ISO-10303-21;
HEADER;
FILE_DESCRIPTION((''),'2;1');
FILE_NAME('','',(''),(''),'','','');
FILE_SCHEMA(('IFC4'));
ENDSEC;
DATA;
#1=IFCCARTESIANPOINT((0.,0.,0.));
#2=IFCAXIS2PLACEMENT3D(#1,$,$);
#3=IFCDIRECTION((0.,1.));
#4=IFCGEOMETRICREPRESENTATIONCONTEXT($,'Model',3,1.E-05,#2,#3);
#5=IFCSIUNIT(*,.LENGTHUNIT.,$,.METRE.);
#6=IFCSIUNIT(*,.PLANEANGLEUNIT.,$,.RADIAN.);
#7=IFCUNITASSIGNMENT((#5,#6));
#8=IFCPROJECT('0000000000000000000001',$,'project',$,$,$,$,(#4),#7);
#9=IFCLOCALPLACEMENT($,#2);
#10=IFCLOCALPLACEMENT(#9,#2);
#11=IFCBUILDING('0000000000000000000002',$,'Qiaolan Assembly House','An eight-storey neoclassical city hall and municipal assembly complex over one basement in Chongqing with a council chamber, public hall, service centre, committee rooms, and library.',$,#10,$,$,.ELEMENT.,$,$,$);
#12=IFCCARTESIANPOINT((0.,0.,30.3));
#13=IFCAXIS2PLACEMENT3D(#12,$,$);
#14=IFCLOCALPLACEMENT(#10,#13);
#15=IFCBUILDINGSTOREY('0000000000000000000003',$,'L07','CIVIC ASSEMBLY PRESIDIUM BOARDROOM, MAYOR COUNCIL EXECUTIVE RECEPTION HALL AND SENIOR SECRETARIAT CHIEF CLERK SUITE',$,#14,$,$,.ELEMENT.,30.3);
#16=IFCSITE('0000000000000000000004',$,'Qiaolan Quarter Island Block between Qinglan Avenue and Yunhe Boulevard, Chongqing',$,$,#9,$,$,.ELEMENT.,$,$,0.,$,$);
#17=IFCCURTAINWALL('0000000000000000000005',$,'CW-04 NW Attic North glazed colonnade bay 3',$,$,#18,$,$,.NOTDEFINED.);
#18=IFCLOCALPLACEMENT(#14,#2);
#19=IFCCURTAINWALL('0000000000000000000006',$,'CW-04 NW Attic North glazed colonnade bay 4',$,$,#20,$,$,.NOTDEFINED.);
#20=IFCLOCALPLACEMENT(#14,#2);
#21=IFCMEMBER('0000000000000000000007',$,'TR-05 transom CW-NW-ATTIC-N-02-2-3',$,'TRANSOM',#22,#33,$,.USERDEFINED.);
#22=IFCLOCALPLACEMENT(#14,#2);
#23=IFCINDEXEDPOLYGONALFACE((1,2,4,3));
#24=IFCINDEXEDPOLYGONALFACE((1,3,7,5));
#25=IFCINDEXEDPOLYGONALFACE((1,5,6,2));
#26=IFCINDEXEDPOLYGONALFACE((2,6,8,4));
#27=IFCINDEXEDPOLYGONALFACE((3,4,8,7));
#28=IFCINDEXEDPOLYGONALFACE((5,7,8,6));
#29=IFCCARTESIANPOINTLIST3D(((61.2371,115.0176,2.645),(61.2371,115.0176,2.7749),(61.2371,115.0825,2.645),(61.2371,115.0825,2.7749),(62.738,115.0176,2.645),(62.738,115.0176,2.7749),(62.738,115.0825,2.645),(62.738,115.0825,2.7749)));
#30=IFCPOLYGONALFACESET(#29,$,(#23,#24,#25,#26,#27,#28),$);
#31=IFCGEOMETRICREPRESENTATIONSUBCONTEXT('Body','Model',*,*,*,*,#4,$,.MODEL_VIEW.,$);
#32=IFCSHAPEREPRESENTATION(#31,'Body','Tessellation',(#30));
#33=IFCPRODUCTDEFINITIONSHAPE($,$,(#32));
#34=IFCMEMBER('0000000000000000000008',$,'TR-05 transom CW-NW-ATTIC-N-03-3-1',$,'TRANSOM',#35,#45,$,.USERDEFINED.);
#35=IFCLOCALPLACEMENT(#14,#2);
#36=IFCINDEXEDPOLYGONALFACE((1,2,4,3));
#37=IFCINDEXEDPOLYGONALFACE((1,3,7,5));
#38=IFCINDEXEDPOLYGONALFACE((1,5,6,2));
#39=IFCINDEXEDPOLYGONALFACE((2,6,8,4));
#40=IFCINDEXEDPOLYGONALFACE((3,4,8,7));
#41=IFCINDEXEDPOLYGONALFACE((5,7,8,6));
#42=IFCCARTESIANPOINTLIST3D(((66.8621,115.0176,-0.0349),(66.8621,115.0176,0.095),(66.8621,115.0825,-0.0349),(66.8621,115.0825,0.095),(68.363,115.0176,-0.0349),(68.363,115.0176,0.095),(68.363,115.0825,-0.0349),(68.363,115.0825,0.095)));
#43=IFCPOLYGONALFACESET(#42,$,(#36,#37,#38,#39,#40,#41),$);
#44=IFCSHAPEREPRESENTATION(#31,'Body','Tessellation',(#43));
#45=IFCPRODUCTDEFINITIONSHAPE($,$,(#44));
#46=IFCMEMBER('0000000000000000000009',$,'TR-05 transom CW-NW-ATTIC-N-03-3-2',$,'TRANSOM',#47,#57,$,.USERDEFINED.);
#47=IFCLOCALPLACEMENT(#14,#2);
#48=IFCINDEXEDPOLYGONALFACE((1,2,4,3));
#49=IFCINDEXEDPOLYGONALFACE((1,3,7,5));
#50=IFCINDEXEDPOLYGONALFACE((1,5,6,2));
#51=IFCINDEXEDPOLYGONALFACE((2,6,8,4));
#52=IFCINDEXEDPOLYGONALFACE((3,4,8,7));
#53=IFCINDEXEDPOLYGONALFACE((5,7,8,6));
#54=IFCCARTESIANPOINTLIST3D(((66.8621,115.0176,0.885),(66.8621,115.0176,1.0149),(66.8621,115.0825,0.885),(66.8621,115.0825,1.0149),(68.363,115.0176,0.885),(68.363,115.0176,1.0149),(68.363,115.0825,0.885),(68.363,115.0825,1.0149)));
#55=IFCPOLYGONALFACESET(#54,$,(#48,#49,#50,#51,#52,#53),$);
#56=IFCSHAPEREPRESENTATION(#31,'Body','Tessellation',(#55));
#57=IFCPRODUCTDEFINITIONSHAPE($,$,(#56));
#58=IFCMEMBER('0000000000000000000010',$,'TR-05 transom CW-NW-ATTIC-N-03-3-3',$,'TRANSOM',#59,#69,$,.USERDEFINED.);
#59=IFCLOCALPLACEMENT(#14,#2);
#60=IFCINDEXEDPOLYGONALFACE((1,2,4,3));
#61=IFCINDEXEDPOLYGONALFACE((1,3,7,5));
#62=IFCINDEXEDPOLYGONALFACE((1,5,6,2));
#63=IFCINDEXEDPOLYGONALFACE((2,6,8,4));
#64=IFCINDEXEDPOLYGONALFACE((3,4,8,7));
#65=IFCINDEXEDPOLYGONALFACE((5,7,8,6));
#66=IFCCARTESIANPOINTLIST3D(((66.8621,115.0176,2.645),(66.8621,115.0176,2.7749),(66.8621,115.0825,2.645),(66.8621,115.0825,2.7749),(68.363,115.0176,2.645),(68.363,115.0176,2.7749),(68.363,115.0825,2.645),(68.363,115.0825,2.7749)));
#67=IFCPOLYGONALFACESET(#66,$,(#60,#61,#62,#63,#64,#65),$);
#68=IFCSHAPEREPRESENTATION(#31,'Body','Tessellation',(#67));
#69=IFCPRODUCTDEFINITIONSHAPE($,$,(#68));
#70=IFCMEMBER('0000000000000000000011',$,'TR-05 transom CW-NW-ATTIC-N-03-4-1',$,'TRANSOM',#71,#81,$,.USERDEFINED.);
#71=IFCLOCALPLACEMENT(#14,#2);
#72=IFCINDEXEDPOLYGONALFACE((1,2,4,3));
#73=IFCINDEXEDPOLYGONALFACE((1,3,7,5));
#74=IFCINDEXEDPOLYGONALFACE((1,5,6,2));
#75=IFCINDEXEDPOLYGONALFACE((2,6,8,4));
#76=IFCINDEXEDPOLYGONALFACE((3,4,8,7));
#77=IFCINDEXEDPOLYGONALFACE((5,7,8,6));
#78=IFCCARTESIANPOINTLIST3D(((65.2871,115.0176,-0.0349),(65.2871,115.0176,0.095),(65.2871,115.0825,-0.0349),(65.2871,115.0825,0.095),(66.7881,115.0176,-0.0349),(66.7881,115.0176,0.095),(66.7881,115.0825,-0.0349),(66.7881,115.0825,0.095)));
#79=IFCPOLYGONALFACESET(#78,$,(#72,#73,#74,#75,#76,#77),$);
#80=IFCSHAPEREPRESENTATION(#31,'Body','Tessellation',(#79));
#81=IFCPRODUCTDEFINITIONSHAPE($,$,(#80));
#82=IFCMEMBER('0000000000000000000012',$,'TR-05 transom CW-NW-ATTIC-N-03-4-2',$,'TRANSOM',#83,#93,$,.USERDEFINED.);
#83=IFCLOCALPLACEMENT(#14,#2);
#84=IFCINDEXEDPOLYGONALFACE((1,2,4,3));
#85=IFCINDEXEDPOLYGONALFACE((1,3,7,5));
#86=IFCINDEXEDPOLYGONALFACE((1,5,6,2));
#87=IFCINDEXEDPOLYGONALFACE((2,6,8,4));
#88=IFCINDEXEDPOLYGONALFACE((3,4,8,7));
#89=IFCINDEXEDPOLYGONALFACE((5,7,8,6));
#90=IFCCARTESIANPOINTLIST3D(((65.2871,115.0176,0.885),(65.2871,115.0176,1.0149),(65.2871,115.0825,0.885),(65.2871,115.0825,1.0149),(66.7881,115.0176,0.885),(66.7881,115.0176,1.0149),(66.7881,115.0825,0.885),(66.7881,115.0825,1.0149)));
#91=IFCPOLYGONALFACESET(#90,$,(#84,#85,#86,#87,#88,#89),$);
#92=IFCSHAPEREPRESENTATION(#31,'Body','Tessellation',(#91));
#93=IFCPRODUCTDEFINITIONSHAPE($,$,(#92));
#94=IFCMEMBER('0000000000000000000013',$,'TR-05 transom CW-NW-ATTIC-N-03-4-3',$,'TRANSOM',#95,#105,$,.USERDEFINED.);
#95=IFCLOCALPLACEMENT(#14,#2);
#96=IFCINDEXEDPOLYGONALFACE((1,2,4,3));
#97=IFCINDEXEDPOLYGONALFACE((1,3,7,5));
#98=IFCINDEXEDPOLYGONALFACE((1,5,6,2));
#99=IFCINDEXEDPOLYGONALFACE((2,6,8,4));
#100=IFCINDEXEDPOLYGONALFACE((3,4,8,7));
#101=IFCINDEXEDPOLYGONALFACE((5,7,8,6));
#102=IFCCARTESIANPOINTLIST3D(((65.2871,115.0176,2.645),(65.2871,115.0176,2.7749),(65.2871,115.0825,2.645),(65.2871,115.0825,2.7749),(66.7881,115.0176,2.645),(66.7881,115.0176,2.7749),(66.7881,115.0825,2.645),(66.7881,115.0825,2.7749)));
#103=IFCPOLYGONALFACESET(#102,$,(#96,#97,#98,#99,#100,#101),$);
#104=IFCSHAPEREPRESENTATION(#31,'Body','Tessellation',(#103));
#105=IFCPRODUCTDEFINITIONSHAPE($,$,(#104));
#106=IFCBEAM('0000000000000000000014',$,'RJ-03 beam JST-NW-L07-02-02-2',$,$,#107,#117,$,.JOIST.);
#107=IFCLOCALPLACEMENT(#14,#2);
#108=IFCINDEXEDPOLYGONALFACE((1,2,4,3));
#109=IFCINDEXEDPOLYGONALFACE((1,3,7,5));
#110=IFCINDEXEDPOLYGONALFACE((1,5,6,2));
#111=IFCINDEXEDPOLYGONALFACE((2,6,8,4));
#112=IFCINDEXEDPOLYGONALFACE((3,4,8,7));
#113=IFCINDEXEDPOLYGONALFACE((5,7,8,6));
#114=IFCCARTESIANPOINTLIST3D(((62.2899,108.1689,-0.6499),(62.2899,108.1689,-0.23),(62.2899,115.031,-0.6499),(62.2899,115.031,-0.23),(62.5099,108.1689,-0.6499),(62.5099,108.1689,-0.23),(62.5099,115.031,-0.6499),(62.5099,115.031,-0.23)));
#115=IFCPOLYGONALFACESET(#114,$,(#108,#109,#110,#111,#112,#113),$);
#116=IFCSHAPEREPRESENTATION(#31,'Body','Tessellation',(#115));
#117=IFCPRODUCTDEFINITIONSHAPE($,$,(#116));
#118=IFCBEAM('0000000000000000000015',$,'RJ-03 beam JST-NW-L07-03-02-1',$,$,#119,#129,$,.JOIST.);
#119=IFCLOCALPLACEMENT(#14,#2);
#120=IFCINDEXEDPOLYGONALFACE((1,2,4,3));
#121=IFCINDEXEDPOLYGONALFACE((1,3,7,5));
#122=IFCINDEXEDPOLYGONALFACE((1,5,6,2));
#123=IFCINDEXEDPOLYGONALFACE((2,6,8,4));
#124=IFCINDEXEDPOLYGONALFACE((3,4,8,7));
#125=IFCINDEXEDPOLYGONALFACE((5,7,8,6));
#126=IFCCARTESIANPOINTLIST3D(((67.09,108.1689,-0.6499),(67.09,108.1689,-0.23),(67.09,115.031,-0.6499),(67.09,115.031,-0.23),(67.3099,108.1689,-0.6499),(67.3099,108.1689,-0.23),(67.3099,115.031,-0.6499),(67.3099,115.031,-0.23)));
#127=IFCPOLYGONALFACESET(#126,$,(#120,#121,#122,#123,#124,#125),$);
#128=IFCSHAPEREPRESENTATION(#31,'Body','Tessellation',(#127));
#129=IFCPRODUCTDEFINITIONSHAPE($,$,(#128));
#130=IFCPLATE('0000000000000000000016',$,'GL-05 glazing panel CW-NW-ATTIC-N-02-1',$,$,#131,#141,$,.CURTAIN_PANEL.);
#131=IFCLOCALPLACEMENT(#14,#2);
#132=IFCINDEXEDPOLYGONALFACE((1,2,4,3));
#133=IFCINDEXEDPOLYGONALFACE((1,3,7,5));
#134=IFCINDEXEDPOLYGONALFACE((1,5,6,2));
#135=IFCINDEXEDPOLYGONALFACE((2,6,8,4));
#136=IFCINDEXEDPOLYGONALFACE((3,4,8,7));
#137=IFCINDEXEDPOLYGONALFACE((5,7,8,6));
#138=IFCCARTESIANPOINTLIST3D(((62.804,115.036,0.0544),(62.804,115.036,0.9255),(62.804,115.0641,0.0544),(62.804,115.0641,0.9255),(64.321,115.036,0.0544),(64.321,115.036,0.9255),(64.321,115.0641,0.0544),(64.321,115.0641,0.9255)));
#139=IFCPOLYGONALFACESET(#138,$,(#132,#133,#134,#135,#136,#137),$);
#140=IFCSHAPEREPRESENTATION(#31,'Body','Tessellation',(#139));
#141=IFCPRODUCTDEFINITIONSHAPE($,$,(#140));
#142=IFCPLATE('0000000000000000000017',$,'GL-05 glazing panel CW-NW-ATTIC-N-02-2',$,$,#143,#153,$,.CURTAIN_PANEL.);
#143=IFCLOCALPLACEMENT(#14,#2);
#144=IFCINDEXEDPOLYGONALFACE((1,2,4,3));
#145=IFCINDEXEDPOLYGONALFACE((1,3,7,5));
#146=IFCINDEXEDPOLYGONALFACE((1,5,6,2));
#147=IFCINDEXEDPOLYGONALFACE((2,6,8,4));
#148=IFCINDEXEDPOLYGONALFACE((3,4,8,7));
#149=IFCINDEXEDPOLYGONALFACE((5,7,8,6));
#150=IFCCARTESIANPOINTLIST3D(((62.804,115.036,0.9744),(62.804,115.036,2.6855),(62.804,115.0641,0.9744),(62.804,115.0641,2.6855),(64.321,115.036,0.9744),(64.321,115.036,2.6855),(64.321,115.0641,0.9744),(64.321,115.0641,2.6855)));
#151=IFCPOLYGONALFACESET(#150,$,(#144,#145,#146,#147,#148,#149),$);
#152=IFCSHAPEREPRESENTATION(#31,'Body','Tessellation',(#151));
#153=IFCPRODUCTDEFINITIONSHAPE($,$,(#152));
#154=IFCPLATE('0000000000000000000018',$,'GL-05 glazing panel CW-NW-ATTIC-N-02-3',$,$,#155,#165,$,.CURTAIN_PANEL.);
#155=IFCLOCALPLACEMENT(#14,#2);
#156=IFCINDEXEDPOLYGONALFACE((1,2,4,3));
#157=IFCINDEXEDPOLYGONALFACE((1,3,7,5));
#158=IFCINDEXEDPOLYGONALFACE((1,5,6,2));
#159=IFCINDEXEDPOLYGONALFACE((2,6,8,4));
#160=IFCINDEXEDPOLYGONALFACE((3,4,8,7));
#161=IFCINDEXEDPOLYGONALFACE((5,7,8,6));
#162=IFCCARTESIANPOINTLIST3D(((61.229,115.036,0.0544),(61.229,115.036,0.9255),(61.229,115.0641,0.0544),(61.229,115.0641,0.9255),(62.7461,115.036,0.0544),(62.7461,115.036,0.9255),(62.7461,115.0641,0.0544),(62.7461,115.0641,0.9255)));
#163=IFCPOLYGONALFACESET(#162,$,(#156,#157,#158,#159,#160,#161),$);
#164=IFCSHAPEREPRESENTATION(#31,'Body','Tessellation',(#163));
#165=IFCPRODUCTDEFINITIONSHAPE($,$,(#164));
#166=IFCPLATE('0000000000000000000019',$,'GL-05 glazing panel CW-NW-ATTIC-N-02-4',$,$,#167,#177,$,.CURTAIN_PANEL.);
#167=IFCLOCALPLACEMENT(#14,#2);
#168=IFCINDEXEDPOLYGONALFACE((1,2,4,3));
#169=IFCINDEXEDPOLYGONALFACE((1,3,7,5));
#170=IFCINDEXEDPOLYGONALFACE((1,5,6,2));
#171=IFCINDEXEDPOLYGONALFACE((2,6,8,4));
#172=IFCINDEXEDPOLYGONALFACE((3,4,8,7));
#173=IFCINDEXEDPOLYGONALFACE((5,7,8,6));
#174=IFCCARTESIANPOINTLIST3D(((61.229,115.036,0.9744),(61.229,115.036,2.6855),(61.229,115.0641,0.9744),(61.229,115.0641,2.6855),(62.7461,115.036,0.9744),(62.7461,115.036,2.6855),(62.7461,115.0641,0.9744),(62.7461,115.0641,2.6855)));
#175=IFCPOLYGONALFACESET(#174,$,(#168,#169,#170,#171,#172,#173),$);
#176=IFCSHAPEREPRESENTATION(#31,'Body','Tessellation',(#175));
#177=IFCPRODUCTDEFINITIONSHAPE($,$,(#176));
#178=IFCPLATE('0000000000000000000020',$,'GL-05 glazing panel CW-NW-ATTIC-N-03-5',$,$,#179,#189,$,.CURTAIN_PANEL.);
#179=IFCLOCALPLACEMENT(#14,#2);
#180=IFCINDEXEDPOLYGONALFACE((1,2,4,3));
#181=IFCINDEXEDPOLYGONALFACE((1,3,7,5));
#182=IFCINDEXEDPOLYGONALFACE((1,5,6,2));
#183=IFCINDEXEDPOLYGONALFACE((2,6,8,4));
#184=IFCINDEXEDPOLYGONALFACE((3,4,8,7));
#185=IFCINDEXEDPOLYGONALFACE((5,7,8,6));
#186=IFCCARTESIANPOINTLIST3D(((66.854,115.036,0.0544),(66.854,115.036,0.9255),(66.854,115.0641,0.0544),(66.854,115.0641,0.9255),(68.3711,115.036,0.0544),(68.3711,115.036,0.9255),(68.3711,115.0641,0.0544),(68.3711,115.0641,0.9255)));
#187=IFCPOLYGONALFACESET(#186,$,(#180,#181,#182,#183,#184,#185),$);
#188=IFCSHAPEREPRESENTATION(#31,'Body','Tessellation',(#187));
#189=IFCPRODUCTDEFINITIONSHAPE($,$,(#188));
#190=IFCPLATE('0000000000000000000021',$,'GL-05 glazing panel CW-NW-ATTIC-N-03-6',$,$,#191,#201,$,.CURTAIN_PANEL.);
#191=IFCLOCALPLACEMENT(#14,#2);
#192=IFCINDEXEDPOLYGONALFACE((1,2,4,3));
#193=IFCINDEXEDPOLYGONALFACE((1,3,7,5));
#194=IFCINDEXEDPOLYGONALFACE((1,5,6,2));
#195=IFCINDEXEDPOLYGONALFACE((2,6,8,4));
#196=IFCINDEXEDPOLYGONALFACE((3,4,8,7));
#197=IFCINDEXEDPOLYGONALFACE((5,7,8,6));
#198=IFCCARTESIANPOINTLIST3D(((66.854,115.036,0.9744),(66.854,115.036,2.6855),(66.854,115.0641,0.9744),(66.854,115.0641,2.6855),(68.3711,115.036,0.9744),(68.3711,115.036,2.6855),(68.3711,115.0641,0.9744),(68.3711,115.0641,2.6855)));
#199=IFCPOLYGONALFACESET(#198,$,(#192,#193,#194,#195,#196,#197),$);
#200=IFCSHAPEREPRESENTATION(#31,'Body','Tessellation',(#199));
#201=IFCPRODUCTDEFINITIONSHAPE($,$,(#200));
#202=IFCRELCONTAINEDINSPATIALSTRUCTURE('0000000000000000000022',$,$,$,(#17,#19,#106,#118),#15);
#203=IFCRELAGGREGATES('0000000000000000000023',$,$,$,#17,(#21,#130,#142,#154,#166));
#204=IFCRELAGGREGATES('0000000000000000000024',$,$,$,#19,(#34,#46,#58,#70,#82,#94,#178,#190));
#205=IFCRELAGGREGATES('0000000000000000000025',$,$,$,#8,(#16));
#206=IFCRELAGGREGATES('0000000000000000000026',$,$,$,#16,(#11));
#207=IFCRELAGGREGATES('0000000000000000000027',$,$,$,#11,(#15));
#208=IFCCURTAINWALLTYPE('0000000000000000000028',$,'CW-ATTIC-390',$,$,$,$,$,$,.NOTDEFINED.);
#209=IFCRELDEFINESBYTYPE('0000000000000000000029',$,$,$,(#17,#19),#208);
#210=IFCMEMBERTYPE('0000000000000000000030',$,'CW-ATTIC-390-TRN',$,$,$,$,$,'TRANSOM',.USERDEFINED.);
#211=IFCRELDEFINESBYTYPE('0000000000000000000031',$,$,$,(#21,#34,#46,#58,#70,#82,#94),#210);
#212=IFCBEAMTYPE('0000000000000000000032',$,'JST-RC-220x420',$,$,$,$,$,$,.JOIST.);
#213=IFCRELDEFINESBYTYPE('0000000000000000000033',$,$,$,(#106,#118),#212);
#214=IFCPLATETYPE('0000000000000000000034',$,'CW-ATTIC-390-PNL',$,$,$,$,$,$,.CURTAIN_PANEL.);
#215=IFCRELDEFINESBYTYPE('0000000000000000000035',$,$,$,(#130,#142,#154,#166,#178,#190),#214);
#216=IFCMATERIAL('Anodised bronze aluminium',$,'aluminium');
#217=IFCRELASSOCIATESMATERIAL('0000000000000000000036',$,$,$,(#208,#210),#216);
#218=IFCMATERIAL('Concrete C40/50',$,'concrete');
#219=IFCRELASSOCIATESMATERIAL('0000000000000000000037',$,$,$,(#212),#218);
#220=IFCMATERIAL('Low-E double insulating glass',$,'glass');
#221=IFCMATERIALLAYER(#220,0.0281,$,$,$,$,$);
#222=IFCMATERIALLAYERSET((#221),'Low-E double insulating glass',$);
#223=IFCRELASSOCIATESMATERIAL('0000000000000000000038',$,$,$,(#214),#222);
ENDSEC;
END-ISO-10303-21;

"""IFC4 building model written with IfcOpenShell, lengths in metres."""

from ifc_helpers import new_model, si_unit, direction, frame, frame_2d, origin, origin_2d, place, context, subcontext, project, spatial, rectangle, extrude, material, layer, layer_set, material_profile, profile_set, type_object, element, aggregate, save


model = new_model("IFC4")

# Units and contexts
model_context = context("Model", 3, precision=1e-05, world=origin(), true_north=direction((0.0, 1.0)))
body_context = subcontext(model_context, "Body", "Model", "MODEL_VIEW")
ifc_project = project(units=[si_unit("LENGTHUNIT", "METRE"), si_unit("PLANEANGLEUNIT", "RADIAN")], contexts=[model_context])

# Site, building, storey
site_placement = place(None, origin())
site = spatial("IfcSite", under=ifc_project, at=site_placement, Name="Qiaolan Quarter Island Block between Qinglan Avenue and Yunhe Boulevard, Chongqing", CompositionType="ELEMENT", RefElevation=0.0)
building_placement = place(site_placement, origin())
building = spatial("IfcBuilding", under=site, at=building_placement, Name="Qiaolan Assembly House", Description="An eight-storey neoclassical city hall and municipal assembly complex over one basement in Chongqing with a council chamber, public hall, service centre, committee rooms, and library.", CompositionType="ELEMENT")
storey_placement = place(building_placement, frame((0.0, 0.0, 30.3)))
storey = spatial("IfcBuildingStorey", under=building, at=storey_placement, Name="L07", Description="CIVIC ASSEMBLY PRESIDIUM BOARDROOM, MAYOR COUNCIL EXECUTIVE RECEPTION HALL AND SENIOR SECRETARIAT CHIEF CLERK SUITE", CompositionType="ELEMENT", Elevation=30.3)

# Shared definitions
ifc_material_1 = material(Name="Concrete C40/50", Category="concrete")

# Curtain walls
ifc_material_2 = material(Name="Anodised bronze aluminium", Category="aluminium")
curtain_wall_type = type_object("IfcCurtainWallType", Name="CW-ATTIC-390", PredefinedType="NOTDEFINED", material=ifc_material_2)
curtain_wall_1_placement = place(storey_placement, origin())
curtain_wall_1 = element("IfcCurtainWall", 1, at=curtain_wall_1_placement, inside=storey, type_object=curtain_wall_type, Name="CW-04 NW Attic North glazed colonnade bay 3", PredefinedType="NOTDEFINED")
curtain_wall_2_placement = place(storey_placement, origin())
curtain_wall_2 = element("IfcCurtainWall", 2, at=curtain_wall_2_placement, inside=storey, type_object=curtain_wall_type, Name="CW-04 NW Attic North glazed colonnade bay 4", PredefinedType="NOTDEFINED")

# Members
ifc_material_profile_1 = material_profile(ifc_material_2, rectangle(XDim=0.0649, YDim=0.1299, at=origin_2d()), Name="TRN 65x130")
ifc_profile_set_1 = profile_set([ifc_material_profile_1], Name="Anodised bronze aluminium")
member_type_1 = type_object("IfcMemberType", Name="CW-ATTIC-390-TRN", ElementType="TRANSOM", PredefinedType="USERDEFINED", material=ifc_profile_set_1)
member_1_placement = place(storey_placement, frame((62.738, 115.05, 2.71), z_axis=(-1.0, 0.0, 0.0), x_axis=(0.0, -1.0, 0.0)))
member_1 = element("IfcMember", 3, at=member_1_placement, type_object=member_type_1, Name="TR-05 transom CW-NW-ATTIC-N-02-2-3", ObjectType="TRANSOM", PredefinedType="USERDEFINED", context=body_context, shape_type="SweptSolid", body=[
    extrude(rectangle(XDim=0.0649, YDim=0.1299, at=origin_2d()), origin(), (0.0, 0.0, 1.0), 1.501),
])
member_2_placement = place(storey_placement, frame((68.363, 115.05, 0.03), z_axis=(-1.0, 0.0, 0.0), x_axis=(0.0, -1.0, 0.0)))
member_2 = element("IfcMember", 4, at=member_2_placement, type_object=member_type_1, Name="TR-05 transom CW-NW-ATTIC-N-03-3-1", ObjectType="TRANSOM", PredefinedType="USERDEFINED", context=body_context, shape_type="SweptSolid", body=[
    extrude(rectangle(XDim=0.0649, YDim=0.1299, at=origin_2d()), origin(), (0.0, 0.0, 1.0), 1.501),
])
member_3_placement = place(storey_placement, frame((68.363, 115.05, 0.95), z_axis=(-1.0, 0.0, 0.0), x_axis=(0.0, -1.0, 0.0)))
member_3 = element("IfcMember", 5, at=member_3_placement, type_object=member_type_1, Name="TR-05 transom CW-NW-ATTIC-N-03-3-2", ObjectType="TRANSOM", PredefinedType="USERDEFINED", context=body_context, shape_type="SweptSolid", body=[
    extrude(rectangle(XDim=0.0649, YDim=0.1299, at=origin_2d()), origin(), (0.0, 0.0, 1.0), 1.501),
])
member_4_placement = place(storey_placement, frame((68.363, 115.05, 2.71), z_axis=(-1.0, 0.0, 0.0), x_axis=(0.0, -1.0, 0.0)))
member_4 = element("IfcMember", 6, at=member_4_placement, type_object=member_type_1, Name="TR-05 transom CW-NW-ATTIC-N-03-3-3", ObjectType="TRANSOM", PredefinedType="USERDEFINED", context=body_context, shape_type="SweptSolid", body=[
    extrude(rectangle(XDim=0.0649, YDim=0.1299, at=origin_2d()), origin(), (0.0, 0.0, 1.0), 1.501),
])
member_5_placement = place(storey_placement, frame((66.7881, 115.05, 0.03), z_axis=(-1.0, 0.0, 0.0), x_axis=(0.0, -1.0, 0.0)))
member_5 = element("IfcMember", 7, at=member_5_placement, type_object=member_type_1, Name="TR-05 transom CW-NW-ATTIC-N-03-4-1", ObjectType="TRANSOM", PredefinedType="USERDEFINED", context=body_context, shape_type="SweptSolid", body=[
    extrude(rectangle(XDim=0.0649, YDim=0.1299, at=origin_2d()), origin(), (0.0, 0.0, 1.0), 1.501),
])
member_6_placement = place(storey_placement, frame((66.7881, 115.05, 0.95), z_axis=(-1.0, 0.0, 0.0), x_axis=(0.0, -1.0, 0.0)))
member_6 = element("IfcMember", 8, at=member_6_placement, type_object=member_type_1, Name="TR-05 transom CW-NW-ATTIC-N-03-4-2", ObjectType="TRANSOM", PredefinedType="USERDEFINED", context=body_context, shape_type="SweptSolid", body=[
    extrude(rectangle(XDim=0.0649, YDim=0.1299, at=origin_2d()), origin(), (0.0, 0.0, 1.0), 1.501),
])
member_7_placement = place(storey_placement, frame((66.7881, 115.05, 2.71), z_axis=(-1.0, 0.0, 0.0), x_axis=(0.0, -1.0, 0.0)))
member_7 = element("IfcMember", 9, at=member_7_placement, type_object=member_type_1, Name="TR-05 transom CW-NW-ATTIC-N-03-4-3", ObjectType="TRANSOM", PredefinedType="USERDEFINED", context=body_context, shape_type="SweptSolid", body=[
    extrude(rectangle(XDim=0.0649, YDim=0.1299, at=origin_2d()), origin(), (0.0, 0.0, 1.0), 1.501),
])

# Beams
ifc_material_profile_2 = material_profile(ifc_material_1, rectangle(XDim=0.22, YDim=0.4199, at=origin_2d()), Name="RCB 220x420")
ifc_profile_set_2 = profile_set([ifc_material_profile_2], Name="Concrete C40/50")
beam_type_1 = type_object("IfcBeamType", Name="JST-RC-220x420", PredefinedType="JOIST", material=ifc_profile_set_2)
for number, where, z_axis, x_axis, name in (
    (10, (62.3999, 108.1689, -0.4399), (0.0, 1.0, 0.0), (-1.0, 0.0, 0.0), "RJ-03 beam JST-NW-L07-02-02-2"),
    (11, (67.2, 108.1689, -0.4399), (0.0, 1.0, 0.0), (-1.0, 0.0, 0.0), "RJ-03 beam JST-NW-L07-03-02-1"),
):
    element("IfcBeam", number, at=place(storey_placement, frame(where, z_axis=z_axis, x_axis=x_axis)), inside=storey, type_object=beam_type_1, Name=name, PredefinedType="JOIST", context=body_context, shape_type="SweptSolid", body=[
        extrude(rectangle(XDim=0.22, YDim=0.4199, at=origin_2d()), origin(), (0.0, 0.0, 1.0), 6.8621),
    ])

# Plates
ifc_material_3 = material(Name="Low-E double insulating glass", Category="glass")
ifc_layer = layer(ifc_material_3, 0.0281)
ifc_layer_set = layer_set([ifc_layer], Name="Low-E double insulating glass")
plate_type = type_object("IfcPlateType", Name="CW-ATTIC-390-PNL", PredefinedType="CURTAIN_PANEL", material=ifc_layer_set)
plate_1_placement = place(storey_placement, frame((64.321, 115.05, 0.0544), z_axis=(0.0, 0.0, 1.0), x_axis=(-1.0, 0.0, 0.0)))
plate_1 = element("IfcPlate", 12, at=plate_1_placement, type_object=plate_type, Name="GL-05 glazing panel CW-NW-ATTIC-N-02-1", PredefinedType="CURTAIN_PANEL", context=body_context, shape_type="SweptSolid", body=[
    extrude(rectangle(XDim=1.5171, YDim=0.0281, at=frame_2d((0.7585, 0.0))), origin(), (0.0, 0.0, 1.0), 0.8711),
])
plate_2_placement = place(storey_placement, frame((64.321, 115.05, 0.9744), z_axis=(0.0, 0.0, 1.0), x_axis=(-1.0, 0.0, 0.0)))
plate_2 = element("IfcPlate", 13, at=plate_2_placement, type_object=plate_type, Name="GL-05 glazing panel CW-NW-ATTIC-N-02-2", PredefinedType="CURTAIN_PANEL", context=body_context, shape_type="SweptSolid", body=[
    extrude(rectangle(XDim=1.5171, YDim=0.0281, at=frame_2d((0.7585, 0.0))), origin(), (0.0, 0.0, 1.0), 1.7112),
])
plate_3_placement = place(storey_placement, frame((62.7461, 115.05, 0.0544), z_axis=(0.0, 0.0, 1.0), x_axis=(-1.0, 0.0, 0.0)))
plate_3 = element("IfcPlate", 14, at=plate_3_placement, type_object=plate_type, Name="GL-05 glazing panel CW-NW-ATTIC-N-02-3", PredefinedType="CURTAIN_PANEL", context=body_context, shape_type="SweptSolid", body=[
    extrude(rectangle(XDim=1.5171, YDim=0.0281, at=frame_2d((0.7585, 0.0))), origin(), (0.0, 0.0, 1.0), 0.8711),
])
plate_4_placement = place(storey_placement, frame((62.7461, 115.05, 0.9744), z_axis=(0.0, 0.0, 1.0), x_axis=(-1.0, 0.0, 0.0)))
plate_4 = element("IfcPlate", 15, at=plate_4_placement, type_object=plate_type, Name="GL-05 glazing panel CW-NW-ATTIC-N-02-4", PredefinedType="CURTAIN_PANEL", context=body_context, shape_type="SweptSolid", body=[
    extrude(rectangle(XDim=1.5171, YDim=0.0281, at=frame_2d((0.7585, 0.0))), origin(), (0.0, 0.0, 1.0), 1.7112),
])
aggregate(curtain_wall_1, [member_1, plate_1, plate_2, plate_3, plate_4])
plate_5_placement = place(storey_placement, frame((68.3711, 115.05, 0.0544), z_axis=(0.0, 0.0, 1.0), x_axis=(-1.0, 0.0, 0.0)))
plate_5 = element("IfcPlate", 16, at=plate_5_placement, type_object=plate_type, Name="GL-05 glazing panel CW-NW-ATTIC-N-03-5", PredefinedType="CURTAIN_PANEL", context=body_context, shape_type="SweptSolid", body=[
    extrude(rectangle(XDim=1.5171, YDim=0.0281, at=frame_2d((0.7585, 0.0))), origin(), (0.0, 0.0, 1.0), 0.8711),
])
plate_6_placement = place(storey_placement, frame((68.3711, 115.05, 0.9744), z_axis=(0.0, 0.0, 1.0), x_axis=(-1.0, 0.0, 0.0)))
plate_6 = element("IfcPlate", 17, at=plate_6_placement, type_object=plate_type, Name="GL-05 glazing panel CW-NW-ATTIC-N-03-6", PredefinedType="CURTAIN_PANEL", context=body_context, shape_type="SweptSolid", body=[
    extrude(rectangle(XDim=1.5171, YDim=0.0281, at=frame_2d((0.7585, 0.0))), origin(), (0.0, 0.0, 1.0), 1.7112),
])
aggregate(curtain_wall_2, [member_2, member_3, member_4, member_5, member_6, member_7, plate_5, plate_6])

save(model, "model.ifc")
